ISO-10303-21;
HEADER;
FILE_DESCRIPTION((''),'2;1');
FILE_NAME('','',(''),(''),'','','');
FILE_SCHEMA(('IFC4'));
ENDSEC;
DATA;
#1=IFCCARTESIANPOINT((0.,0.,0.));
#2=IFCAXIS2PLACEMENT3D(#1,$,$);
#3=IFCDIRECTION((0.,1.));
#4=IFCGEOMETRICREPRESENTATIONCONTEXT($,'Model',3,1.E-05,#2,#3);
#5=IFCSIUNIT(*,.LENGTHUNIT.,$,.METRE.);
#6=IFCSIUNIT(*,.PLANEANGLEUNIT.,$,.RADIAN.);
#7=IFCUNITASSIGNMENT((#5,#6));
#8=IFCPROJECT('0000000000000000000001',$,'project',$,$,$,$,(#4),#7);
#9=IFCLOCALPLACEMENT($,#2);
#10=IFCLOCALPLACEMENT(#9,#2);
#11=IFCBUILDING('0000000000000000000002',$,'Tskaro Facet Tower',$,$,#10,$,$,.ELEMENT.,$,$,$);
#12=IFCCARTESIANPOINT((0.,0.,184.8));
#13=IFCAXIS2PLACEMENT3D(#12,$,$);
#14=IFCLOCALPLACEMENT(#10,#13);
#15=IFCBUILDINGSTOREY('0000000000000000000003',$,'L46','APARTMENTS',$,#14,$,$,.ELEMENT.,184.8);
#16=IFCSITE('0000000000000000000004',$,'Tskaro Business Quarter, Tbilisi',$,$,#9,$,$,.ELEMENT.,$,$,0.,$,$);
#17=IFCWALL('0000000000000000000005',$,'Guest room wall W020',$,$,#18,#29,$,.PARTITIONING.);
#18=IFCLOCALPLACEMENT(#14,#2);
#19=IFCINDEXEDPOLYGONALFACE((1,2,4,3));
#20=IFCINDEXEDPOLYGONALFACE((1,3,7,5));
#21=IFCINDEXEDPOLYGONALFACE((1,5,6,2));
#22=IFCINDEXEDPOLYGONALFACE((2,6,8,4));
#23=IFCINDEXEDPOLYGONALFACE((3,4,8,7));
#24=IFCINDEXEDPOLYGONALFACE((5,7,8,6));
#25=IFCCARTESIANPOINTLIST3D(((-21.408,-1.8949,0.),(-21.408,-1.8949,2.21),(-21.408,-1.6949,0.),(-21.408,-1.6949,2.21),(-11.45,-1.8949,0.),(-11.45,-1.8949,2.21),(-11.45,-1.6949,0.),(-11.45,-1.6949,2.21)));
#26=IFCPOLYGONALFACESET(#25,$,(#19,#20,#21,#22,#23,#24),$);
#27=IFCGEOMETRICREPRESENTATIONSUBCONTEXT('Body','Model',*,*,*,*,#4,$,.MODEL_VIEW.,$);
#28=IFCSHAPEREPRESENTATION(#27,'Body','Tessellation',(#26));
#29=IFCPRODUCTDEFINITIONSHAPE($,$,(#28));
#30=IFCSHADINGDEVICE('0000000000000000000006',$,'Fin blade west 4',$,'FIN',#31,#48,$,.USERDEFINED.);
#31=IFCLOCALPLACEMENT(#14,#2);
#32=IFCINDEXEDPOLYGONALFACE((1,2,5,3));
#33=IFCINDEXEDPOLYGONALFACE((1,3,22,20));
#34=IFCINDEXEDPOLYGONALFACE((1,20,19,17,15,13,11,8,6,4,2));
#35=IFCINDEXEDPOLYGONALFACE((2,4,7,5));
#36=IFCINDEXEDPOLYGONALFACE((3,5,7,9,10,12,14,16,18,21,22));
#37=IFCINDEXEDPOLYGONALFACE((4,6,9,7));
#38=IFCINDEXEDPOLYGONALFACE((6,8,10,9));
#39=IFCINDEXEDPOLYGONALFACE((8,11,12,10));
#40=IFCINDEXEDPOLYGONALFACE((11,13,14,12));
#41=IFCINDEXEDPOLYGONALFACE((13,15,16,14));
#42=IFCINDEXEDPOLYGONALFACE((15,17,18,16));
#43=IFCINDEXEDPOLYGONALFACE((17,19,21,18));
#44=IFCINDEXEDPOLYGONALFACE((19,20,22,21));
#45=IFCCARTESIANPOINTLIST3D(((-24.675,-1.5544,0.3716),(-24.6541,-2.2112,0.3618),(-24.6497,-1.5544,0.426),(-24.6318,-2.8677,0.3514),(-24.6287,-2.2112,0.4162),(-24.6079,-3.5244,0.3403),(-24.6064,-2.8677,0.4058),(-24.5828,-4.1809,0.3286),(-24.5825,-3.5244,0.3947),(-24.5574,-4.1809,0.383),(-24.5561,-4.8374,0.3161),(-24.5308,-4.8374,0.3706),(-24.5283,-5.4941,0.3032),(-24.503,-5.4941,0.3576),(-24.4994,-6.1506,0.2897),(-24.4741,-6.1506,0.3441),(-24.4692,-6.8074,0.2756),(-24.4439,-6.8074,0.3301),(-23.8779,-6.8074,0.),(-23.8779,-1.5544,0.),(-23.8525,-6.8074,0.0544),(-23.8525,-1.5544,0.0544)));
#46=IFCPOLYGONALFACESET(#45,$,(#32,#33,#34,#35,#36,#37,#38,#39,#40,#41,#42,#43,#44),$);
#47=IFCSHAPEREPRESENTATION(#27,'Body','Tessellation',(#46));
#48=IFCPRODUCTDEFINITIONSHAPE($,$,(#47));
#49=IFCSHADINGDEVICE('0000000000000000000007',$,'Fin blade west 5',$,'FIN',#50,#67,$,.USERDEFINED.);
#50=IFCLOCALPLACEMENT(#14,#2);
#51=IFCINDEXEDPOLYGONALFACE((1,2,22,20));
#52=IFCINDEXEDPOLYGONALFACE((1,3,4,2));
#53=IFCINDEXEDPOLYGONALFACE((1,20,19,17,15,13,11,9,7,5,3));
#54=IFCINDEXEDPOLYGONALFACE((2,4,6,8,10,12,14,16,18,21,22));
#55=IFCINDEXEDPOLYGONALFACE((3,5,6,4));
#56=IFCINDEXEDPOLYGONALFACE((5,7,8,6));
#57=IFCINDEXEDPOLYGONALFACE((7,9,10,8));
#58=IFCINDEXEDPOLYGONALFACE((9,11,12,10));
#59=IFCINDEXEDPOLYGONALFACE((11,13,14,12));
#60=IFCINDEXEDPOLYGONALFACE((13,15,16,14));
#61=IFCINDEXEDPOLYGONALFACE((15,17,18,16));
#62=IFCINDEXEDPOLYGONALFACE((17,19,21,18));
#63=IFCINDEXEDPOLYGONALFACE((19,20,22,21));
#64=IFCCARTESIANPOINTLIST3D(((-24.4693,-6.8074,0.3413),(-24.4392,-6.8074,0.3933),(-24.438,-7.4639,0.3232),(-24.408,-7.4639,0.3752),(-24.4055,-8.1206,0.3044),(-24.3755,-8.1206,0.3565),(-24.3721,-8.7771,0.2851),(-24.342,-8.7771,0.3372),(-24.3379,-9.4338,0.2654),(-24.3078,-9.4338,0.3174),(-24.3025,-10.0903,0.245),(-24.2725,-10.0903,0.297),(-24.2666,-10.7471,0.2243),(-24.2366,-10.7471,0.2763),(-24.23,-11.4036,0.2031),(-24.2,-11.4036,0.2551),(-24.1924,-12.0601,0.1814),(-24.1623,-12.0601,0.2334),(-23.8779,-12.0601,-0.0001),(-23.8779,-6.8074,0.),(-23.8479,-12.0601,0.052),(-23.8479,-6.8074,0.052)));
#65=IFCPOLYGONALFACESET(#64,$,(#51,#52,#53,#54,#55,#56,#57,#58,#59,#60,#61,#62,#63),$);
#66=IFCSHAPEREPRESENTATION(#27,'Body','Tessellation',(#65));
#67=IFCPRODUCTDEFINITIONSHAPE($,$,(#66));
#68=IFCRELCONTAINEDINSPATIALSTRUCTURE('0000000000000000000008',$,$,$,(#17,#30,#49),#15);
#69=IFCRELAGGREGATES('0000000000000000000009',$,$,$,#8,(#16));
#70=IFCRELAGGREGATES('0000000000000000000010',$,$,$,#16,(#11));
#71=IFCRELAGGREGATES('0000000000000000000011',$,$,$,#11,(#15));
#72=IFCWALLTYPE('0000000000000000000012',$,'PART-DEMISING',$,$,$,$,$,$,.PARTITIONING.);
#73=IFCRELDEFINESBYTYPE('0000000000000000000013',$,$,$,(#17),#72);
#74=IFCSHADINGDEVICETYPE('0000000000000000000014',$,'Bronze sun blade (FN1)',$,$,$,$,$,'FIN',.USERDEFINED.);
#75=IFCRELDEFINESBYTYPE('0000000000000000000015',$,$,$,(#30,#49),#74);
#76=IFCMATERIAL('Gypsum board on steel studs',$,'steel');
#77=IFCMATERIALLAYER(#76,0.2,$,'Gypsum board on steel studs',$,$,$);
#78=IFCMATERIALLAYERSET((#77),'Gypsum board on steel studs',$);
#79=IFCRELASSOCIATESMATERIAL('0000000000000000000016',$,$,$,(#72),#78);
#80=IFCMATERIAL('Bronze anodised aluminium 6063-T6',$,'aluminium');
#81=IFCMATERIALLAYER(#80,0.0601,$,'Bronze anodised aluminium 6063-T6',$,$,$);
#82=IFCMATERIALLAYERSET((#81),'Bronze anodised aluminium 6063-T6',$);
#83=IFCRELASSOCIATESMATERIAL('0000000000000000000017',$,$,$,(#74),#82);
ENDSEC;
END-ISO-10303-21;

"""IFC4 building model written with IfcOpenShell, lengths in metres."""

from ifc_helpers import new_model, si_unit, direction, frame, frame_2d, origin, place, context, subcontext, project, spatial, polyline, rectangle, outline, extrude, material, layer, layer_set, type_object, element, save


model = new_model("IFC4")

# Units and contexts
model_context = context("Model", 3, precision=1e-05, world=origin(), true_north=direction((0.0, 1.0)))
body_context = subcontext(model_context, "Body", "Model", "MODEL_VIEW")
ifc_project = project(units=[si_unit("LENGTHUNIT", "METRE"), si_unit("PLANEANGLEUNIT", "RADIAN")], contexts=[model_context])

# Site, building, storey
site_placement = place(None, origin())
site = spatial("IfcSite", under=ifc_project, at=site_placement, Name="Tskaro Business Quarter, Tbilisi", CompositionType="ELEMENT", RefElevation=0.0)
building_placement = place(site_placement, origin())
building = spatial("IfcBuilding", under=site, at=building_placement, Name="Tskaro Facet Tower", CompositionType="ELEMENT")
storey_placement = place(building_placement, frame((0.0, 0.0, 184.8)))
storey = spatial("IfcBuildingStorey", under=building, at=storey_placement, Name="L46", Description="APARTMENTS", CompositionType="ELEMENT", Elevation=184.8)

# Shared definitions
ifc_material_1 = material(Name="Bronze anodised aluminium 6063-T6", Category="aluminium")

# Shared definitions
ifc_material_2 = material(Name="Gypsum board on steel studs", Category="steel")

# Wall
ifc_layer_1 = layer(ifc_material_2, 0.2, Name="Gypsum board on steel studs")
ifc_layer_set_1 = layer_set([ifc_layer_1], Name="Gypsum board on steel studs")
wall_type_1 = type_object("IfcWallType", Name="PART-DEMISING", PredefinedType="PARTITIONING", material=ifc_layer_set_1)
wall_1_placement = place(storey_placement, frame((-21.408, -1.7949, 0.0), z_axis=(0.0, 0.0, 1.0), x_axis=(1.0, 0.0, 0.0)))
element("IfcWall", 1, at=wall_1_placement, inside=storey, type_object=wall_type_1, Name="Guest room wall W020", PredefinedType="PARTITIONING", context=body_context, shape_type="SweptSolid", body=[
    extrude(rectangle(XDim=9.958, YDim=0.2, at=frame_2d((4.979, 0.0))), origin(), (0.0, 0.0, 1.0), 2.21),
])

# Shading devices
ifc_layer_2 = layer(ifc_material_1, 0.0601, Name="Bronze anodised aluminium 6063-T6")
ifc_layer_set_2 = layer_set([ifc_layer_2], Name="Bronze anodised aluminium 6063-T6")
shading_device_type = type_object("IfcShadingDeviceType", Name="Bronze sun blade (FN1)", ElementType="FIN", PredefinedType="USERDEFINED", material=ifc_layer_set_2)
shading_device_1_placement = place(storey_placement, frame((-23.8525, -1.5544, 0.0544), z_axis=(0.422484, -0.000002, 0.906371), x_axis=(-0.000001, -1.0, -0.000002)))
element("IfcShadingDevice", 2, at=shading_device_1_placement, inside=storey, type_object=shading_device_type, Name="Fin blade west 4", ObjectType="FIN", PredefinedType="USERDEFINED", context=body_context, shape_type="SweptSolid", body=[
    extrude(outline(polyline([(0.0, 0.0), (5.2529, 0.0), (5.2529, -0.6524), (4.5962, -0.6857), (3.9397, -0.7176), (3.283, -0.7483), (2.6265, -0.7777), (1.97, -0.8054), (1.3132, -0.8317), (0.6567, -0.8563), (0.0, -0.8795), (0.0, 0.0)])), origin(), (0.0, 0.0, -1.0), 0.0601),
])
shading_device_2_placement = place(storey_placement, frame((-23.8479, -6.8074, 0.052), z_axis=(0.499846, -0.000011, 0.866114), x_axis=(-0.000005, -1.0, -0.000009)))
element("IfcShadingDevice", 3, at=shading_device_2_placement, inside=storey, type_object=shading_device_type, Name="Fin blade west 5", ObjectType="FIN", PredefinedType="USERDEFINED", context=body_context, shape_type="SweptSolid", body=[
    extrude(outline(polyline([(0.0, 0.0), (5.2527, 0.0), (5.2527, -0.363), (4.5962, -0.4064), (3.9397, -0.4488), (3.283, -0.4902), (2.6265, -0.531), (1.9697, -0.5705), (1.3132, -0.6091), (0.6565, -0.6466), (0.0, -0.6827), (0.0, 0.0)])), origin(), (0.0, 0.0, -1.0), 0.0601),
])

save(model, "model.ifc")
